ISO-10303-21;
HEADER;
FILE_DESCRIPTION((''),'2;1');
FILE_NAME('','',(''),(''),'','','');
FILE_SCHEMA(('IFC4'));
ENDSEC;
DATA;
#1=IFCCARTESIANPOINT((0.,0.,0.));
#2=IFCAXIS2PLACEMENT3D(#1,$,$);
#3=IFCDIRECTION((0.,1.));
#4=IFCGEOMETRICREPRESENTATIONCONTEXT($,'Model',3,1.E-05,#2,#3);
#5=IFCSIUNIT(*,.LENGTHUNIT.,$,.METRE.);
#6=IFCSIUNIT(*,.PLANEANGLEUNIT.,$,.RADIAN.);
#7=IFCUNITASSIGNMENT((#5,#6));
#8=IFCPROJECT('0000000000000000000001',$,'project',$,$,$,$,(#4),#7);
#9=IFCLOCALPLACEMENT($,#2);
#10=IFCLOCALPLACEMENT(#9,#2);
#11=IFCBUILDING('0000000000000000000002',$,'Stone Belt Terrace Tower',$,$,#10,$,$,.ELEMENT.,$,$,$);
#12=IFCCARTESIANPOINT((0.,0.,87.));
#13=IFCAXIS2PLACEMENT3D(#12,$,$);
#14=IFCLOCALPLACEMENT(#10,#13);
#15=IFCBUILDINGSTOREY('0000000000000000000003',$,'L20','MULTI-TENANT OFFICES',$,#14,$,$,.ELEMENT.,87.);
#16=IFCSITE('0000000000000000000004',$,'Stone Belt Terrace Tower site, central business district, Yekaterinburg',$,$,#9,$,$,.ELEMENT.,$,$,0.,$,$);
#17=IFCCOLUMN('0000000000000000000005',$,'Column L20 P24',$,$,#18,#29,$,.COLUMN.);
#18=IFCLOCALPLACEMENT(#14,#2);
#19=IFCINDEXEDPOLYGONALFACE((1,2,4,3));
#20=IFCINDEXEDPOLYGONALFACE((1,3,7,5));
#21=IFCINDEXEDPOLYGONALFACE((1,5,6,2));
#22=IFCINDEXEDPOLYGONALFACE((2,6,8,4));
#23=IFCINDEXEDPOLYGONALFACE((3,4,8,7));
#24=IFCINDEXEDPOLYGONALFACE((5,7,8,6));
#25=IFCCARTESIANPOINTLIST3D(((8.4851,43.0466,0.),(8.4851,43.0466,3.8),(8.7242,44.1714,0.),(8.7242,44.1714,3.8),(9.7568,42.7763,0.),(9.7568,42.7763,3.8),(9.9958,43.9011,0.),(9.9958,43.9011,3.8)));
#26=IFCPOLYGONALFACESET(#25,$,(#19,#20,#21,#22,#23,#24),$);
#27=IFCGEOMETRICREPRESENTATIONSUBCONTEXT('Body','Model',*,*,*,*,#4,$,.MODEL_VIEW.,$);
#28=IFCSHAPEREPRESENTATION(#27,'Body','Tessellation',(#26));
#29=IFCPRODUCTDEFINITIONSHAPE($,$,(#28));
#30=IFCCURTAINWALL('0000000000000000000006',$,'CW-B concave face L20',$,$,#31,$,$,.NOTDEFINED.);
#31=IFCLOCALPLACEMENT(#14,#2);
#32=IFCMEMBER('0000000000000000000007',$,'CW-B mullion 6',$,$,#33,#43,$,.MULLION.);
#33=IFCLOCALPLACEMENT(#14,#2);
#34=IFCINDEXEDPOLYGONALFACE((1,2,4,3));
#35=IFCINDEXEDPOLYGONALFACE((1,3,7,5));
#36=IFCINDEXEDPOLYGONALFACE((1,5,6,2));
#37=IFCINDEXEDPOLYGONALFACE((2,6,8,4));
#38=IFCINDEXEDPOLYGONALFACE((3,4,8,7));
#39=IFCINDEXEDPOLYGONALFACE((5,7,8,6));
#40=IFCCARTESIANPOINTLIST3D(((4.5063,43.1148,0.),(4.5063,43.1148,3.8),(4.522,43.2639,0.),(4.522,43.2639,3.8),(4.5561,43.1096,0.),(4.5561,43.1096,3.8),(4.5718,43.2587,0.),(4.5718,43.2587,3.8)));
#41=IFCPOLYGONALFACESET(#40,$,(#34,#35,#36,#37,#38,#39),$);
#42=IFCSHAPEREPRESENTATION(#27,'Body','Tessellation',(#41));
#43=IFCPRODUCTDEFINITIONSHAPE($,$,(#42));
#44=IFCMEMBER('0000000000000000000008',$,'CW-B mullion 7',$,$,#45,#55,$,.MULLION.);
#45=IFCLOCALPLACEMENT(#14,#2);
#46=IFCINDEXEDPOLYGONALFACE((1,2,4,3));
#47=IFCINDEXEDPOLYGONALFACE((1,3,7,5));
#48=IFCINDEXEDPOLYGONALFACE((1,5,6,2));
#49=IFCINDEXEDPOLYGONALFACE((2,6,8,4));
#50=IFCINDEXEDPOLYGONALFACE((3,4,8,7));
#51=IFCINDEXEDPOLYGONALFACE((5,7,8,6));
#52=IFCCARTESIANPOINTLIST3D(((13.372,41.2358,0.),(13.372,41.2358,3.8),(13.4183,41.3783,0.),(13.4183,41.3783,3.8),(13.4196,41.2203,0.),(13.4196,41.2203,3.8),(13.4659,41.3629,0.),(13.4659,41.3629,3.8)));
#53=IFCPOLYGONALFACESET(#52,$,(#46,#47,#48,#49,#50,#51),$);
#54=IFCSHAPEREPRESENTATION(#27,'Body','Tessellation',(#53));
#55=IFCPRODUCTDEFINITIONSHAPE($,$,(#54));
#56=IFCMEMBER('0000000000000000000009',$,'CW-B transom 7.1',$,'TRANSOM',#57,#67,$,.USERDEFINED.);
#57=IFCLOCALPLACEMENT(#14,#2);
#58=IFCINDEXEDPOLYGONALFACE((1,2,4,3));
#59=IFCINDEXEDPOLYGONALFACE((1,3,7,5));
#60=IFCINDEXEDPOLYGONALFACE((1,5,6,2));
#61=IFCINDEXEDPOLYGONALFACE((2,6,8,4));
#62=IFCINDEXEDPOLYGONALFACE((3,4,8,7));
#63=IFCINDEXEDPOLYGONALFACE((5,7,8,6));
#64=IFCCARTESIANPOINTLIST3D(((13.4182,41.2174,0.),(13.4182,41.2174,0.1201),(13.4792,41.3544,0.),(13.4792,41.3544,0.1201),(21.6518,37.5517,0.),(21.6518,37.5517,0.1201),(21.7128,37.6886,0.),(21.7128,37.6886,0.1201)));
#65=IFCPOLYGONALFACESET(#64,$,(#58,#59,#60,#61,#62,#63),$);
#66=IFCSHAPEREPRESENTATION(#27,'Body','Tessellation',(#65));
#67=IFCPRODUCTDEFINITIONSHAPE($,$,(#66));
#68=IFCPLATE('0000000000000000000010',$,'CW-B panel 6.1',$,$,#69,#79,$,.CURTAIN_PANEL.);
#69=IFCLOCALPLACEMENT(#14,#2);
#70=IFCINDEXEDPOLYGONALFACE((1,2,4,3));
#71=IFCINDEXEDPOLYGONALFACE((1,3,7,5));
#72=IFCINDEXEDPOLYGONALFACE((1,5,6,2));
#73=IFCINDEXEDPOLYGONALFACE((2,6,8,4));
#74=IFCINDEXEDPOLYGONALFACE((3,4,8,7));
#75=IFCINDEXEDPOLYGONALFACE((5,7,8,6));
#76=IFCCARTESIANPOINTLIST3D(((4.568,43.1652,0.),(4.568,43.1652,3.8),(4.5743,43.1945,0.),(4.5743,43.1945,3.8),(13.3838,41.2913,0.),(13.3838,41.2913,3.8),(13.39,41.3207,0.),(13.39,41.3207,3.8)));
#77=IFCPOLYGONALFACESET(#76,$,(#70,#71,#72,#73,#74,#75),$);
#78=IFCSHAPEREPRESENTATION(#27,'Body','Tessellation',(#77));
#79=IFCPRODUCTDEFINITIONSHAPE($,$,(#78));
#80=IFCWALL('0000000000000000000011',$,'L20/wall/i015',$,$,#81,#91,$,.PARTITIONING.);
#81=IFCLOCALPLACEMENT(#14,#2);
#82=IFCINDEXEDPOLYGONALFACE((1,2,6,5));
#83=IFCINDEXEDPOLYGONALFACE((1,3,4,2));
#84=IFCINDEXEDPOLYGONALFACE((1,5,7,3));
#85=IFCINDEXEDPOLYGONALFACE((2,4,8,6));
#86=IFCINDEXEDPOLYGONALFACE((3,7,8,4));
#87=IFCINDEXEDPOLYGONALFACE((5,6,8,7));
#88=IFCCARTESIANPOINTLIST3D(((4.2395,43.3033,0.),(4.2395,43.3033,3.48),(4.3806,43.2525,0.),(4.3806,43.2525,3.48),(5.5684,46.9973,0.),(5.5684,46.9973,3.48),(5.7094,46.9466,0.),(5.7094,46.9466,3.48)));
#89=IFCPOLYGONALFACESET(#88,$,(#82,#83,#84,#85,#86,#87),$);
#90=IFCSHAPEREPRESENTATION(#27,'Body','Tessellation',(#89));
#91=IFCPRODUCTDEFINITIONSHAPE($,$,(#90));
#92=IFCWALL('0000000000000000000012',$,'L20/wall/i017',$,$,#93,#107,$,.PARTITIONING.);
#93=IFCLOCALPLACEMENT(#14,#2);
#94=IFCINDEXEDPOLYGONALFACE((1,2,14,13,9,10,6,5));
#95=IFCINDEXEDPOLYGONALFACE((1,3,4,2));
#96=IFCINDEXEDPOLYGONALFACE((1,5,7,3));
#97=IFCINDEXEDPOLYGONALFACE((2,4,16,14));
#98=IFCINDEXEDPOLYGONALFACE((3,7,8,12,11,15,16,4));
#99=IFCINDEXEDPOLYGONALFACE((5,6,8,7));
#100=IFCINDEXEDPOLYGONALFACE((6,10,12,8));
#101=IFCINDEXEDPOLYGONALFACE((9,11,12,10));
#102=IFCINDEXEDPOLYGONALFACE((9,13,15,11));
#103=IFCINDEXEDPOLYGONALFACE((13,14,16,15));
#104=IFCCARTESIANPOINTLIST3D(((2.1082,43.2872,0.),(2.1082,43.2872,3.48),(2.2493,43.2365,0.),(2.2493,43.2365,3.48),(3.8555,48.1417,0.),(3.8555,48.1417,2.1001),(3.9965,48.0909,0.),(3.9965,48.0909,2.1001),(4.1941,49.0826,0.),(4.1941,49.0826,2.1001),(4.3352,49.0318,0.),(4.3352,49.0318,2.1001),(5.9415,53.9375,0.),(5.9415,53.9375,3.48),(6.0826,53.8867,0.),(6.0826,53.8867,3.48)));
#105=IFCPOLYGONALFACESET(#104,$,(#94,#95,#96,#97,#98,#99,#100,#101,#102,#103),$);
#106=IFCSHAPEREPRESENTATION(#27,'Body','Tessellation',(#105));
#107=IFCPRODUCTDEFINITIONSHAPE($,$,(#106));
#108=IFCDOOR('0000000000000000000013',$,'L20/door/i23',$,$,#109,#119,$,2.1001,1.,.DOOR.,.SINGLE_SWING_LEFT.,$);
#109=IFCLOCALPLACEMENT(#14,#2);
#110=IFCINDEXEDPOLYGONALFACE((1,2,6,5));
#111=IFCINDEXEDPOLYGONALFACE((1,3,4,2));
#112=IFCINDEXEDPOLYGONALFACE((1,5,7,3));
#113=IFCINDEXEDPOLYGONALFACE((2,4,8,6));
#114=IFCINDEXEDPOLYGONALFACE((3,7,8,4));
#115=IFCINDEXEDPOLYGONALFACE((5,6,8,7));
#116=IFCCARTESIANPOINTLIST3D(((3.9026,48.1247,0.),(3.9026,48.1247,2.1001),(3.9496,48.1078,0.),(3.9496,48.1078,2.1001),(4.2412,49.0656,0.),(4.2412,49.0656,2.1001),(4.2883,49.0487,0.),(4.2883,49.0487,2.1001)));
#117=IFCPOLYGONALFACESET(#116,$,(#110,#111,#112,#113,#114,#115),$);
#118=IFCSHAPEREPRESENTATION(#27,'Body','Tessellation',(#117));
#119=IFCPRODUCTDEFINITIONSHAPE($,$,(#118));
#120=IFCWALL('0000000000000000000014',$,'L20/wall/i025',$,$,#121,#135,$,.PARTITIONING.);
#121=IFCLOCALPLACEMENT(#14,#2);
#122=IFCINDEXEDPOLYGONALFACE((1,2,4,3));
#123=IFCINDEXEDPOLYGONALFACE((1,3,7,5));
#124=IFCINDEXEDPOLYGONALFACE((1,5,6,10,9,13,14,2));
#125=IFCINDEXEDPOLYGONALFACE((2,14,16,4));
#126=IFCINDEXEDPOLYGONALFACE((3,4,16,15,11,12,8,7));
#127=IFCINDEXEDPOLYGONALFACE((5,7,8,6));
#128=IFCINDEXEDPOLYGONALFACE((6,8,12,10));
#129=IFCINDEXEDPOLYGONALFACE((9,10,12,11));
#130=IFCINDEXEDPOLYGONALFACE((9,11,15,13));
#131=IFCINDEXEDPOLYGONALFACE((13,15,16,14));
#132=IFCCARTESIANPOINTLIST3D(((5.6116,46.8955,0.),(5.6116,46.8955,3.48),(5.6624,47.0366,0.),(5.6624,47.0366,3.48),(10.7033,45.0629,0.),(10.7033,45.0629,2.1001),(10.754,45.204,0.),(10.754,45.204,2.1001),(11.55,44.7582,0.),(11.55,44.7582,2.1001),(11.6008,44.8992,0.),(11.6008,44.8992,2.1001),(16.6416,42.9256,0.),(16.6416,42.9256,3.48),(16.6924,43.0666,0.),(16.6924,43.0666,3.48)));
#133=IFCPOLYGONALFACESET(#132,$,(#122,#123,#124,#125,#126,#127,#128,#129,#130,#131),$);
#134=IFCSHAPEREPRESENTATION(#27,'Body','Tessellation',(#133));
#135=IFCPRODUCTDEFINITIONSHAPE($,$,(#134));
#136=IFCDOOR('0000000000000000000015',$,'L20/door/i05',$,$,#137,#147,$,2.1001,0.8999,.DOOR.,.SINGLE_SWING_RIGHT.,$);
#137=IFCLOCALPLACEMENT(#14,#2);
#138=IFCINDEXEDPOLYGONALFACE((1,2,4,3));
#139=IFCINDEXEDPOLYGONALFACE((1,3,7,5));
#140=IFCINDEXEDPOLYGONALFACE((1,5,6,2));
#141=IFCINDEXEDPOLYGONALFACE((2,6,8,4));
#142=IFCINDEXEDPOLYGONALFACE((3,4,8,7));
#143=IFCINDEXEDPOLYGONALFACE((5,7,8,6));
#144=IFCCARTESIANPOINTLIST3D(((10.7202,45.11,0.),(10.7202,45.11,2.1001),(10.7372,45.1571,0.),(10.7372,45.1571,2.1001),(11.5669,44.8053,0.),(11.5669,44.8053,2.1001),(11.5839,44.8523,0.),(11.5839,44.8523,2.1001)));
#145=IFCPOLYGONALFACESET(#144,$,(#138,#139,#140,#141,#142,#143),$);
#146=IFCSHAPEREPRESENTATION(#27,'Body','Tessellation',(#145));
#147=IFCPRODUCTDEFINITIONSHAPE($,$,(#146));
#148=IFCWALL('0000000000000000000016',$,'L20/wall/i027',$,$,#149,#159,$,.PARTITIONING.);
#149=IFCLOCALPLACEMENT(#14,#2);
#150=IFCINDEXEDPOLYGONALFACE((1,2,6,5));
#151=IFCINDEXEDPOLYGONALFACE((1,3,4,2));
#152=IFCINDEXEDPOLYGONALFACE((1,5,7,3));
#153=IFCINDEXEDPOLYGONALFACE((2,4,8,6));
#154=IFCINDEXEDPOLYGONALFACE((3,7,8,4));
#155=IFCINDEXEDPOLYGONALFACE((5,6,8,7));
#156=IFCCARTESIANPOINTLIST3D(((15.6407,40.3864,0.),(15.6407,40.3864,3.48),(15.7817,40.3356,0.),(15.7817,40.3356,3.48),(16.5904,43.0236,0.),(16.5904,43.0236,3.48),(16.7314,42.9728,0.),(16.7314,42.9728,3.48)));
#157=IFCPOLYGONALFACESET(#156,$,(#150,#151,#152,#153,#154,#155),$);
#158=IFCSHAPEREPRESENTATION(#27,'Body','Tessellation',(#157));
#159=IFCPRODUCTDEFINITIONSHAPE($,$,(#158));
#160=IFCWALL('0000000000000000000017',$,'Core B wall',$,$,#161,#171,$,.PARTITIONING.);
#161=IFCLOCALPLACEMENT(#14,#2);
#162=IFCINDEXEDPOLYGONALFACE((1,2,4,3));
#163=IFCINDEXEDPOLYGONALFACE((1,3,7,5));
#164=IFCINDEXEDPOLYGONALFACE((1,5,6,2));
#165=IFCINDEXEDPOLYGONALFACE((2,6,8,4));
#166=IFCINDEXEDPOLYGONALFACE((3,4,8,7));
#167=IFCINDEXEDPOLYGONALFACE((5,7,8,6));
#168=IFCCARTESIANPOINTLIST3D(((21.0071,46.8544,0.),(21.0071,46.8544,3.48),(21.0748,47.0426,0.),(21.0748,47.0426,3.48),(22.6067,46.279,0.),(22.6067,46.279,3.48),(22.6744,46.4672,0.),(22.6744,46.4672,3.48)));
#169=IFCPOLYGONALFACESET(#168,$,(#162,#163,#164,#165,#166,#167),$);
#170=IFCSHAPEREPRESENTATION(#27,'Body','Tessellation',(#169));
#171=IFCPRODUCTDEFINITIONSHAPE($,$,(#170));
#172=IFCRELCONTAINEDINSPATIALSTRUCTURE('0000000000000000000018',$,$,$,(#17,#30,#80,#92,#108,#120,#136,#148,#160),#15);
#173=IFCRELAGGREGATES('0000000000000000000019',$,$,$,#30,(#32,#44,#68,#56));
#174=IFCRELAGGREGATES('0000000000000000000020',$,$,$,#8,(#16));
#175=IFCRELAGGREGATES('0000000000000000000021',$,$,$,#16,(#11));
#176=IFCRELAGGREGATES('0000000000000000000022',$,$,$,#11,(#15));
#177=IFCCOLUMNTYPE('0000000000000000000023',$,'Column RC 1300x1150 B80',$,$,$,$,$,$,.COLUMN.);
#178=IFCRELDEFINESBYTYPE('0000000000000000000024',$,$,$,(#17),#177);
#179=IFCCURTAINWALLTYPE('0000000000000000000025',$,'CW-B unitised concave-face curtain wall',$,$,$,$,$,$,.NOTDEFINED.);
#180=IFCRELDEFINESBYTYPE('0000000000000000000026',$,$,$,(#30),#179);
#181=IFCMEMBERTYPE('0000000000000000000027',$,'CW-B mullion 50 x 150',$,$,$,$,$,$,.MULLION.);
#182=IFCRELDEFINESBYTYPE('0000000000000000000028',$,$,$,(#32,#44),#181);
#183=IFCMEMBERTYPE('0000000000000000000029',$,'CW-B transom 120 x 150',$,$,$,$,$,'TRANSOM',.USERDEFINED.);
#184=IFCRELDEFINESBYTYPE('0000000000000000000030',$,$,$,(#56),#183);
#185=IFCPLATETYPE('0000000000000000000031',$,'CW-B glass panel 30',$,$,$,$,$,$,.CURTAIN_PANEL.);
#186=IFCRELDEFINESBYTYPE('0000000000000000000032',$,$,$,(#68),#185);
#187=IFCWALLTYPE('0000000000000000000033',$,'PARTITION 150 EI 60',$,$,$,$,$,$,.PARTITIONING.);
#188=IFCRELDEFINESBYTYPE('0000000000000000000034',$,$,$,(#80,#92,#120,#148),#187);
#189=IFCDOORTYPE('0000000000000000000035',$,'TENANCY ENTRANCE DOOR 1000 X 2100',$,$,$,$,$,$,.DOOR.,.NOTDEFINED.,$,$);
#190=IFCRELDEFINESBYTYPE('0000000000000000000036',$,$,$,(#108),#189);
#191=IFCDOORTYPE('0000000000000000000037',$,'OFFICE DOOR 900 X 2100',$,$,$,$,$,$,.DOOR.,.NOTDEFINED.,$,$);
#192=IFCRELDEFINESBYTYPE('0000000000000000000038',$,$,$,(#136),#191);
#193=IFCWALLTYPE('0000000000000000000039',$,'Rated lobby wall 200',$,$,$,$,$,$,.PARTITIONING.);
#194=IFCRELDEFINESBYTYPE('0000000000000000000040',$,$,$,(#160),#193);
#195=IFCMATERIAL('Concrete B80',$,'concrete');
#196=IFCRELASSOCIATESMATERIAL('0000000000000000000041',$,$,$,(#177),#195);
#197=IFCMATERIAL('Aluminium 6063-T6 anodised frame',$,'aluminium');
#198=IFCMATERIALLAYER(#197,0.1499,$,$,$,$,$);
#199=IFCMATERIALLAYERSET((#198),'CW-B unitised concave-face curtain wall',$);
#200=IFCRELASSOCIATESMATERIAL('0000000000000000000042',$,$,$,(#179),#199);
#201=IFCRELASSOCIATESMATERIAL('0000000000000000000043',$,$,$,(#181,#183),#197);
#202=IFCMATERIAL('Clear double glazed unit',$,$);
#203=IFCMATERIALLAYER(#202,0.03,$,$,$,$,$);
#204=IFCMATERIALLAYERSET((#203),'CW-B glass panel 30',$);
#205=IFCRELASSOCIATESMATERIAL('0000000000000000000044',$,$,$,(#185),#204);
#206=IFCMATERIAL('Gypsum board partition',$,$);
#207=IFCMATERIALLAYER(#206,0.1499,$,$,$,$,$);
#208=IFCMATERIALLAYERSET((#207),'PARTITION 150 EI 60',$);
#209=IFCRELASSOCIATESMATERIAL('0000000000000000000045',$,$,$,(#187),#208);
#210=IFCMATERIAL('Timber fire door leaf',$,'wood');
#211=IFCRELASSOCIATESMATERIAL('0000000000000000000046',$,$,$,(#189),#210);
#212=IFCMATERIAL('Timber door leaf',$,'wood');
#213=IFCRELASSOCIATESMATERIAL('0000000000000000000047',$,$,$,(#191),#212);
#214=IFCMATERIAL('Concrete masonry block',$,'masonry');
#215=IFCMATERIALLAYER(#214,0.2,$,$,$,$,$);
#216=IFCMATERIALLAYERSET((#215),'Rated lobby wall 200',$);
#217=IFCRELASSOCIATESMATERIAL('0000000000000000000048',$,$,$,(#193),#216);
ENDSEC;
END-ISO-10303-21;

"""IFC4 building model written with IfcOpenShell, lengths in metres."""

from ifc_helpers import new_model, si_unit, direction, frame, frame_2d, origin, origin_2d, place, context, subcontext, project, spatial, rectangle, extrude, material, layer, layer_set, material_profile, profile_set, type_object, element, fill, aggregate, save


model = new_model("IFC4")

# Units and contexts
model_context = context("Model", 3, precision=1e-05, world=origin(), true_north=direction((0.0, 1.0)))
body_context = subcontext(model_context, "Body", "Model", "MODEL_VIEW")
ifc_project = project(units=[si_unit("LENGTHUNIT", "METRE"), si_unit("PLANEANGLEUNIT", "RADIAN")], contexts=[model_context])

# Site, building, storey
site_placement = place(None, origin())
site = spatial("IfcSite", under=ifc_project, at=site_placement, Name="Stone Belt Terrace Tower site, central business district, Yekaterinburg", CompositionType="ELEMENT", RefElevation=0.0)
building_placement = place(site_placement, origin())
building = spatial("IfcBuilding", under=site, at=building_placement, Name="Stone Belt Terrace Tower", CompositionType="ELEMENT")
storey_placement = place(building_placement, frame((0.0, 0.0, 87.0)))
storey = spatial("IfcBuildingStorey", under=building, at=storey_placement, Name="L20", Description="MULTI-TENANT OFFICES", CompositionType="ELEMENT", Elevation=87.0)

# Column
ifc_material_1 = material(Name="Concrete B80", Category="concrete")
ifc_material_profile_1 = material_profile(ifc_material_1, rectangle(XDim=1.3, YDim=1.1499, at=origin_2d()), Name="RC 1300x1150")
ifc_profile_set_1 = profile_set([ifc_material_profile_1], Name="Concrete B80")
column_type = type_object("IfcColumnType", Name="Column RC 1300x1150 B80", PredefinedType="COLUMN", material=ifc_profile_set_1)
column_placement = place(storey_placement, frame((9.2405, 43.4739, 0.0), z_axis=(0.0, 0.0, 1.0), x_axis=(0.978148, -0.207912, 0.0)))
element("IfcColumn", 1, at=column_placement, inside=storey, type_object=column_type, Name="Column L20 P24", PredefinedType="COLUMN", context=body_context, shape_type="SweptSolid", body=[
    extrude(rectangle(XDim=1.3, YDim=1.1499, at=origin_2d()), origin(), (0.0, 0.0, 1.0), 3.8),
])

# Curtain wall, members, plate
ifc_material_2 = material(Name="Aluminium 6063-T6 anodised frame", Category="aluminium")
ifc_layer_1 = layer(ifc_material_2, 0.1499)
ifc_layer_set_1 = layer_set([ifc_layer_1], Name="CW-B unitised concave-face curtain wall")
curtain_wall_type = type_object("IfcCurtainWallType", Name="CW-B unitised concave-face curtain wall", PredefinedType="NOTDEFINED", material=ifc_layer_set_1)
curtain_wall_placement = place(storey_placement, origin())
curtain_wall = element("IfcCurtainWall", 2, at=curtain_wall_placement, inside=storey, type_object=curtain_wall_type, Name="CW-B concave face L20", PredefinedType="NOTDEFINED")
ifc_material_profile_2 = material_profile(ifc_material_2, rectangle(XDim=0.1499, YDim=0.05, at=origin_2d()), Name="Aluminium 6063-T6 50x150")
ifc_profile_set_2 = profile_set([ifc_material_profile_2], Name="Aluminium 6063-T6 anodised frame")
member_type_1 = type_object("IfcMemberType", Name="CW-B mullion 50 x 150", PredefinedType="MULLION", material=ifc_profile_set_2)
member_1_placement = place(storey_placement, frame((4.5391, 43.1868, 0.0), z_axis=(0.0, 0.0, 1.0), x_axis=(0.104528, 0.994522, 0.0)))
member_1 = element("IfcMember", 3, at=member_1_placement, type_object=member_type_1, Name="CW-B mullion 6", PredefinedType="MULLION", context=body_context, shape_type="SweptSolid", body=[
    extrude(rectangle(XDim=0.1499, YDim=0.05, at=origin_2d()), origin(), (0.0, 0.0, 1.0), 3.8),
])
member_2_placement = place(storey_placement, frame((13.4189, 41.2993, 0.0), z_axis=(0.0, 0.0, 1.0), x_axis=(0.309017, 0.951057, 0.0)))
member_2 = element("IfcMember", 4, at=member_2_placement, type_object=member_type_1, Name="CW-B mullion 7", PredefinedType="MULLION", context=body_context, shape_type="SweptSolid", body=[
    extrude(rectangle(XDim=0.1499, YDim=0.05, at=origin_2d()), origin(), (0.0, 0.0, 1.0), 3.8),
])
ifc_material_profile_3 = material_profile(ifc_material_2, rectangle(XDim=0.1499, YDim=0.1201, at=origin_2d()), Name="Aluminium 6063-T6 150x120")
ifc_profile_set_3 = profile_set([ifc_material_profile_3], Name="Aluminium 6063-T6 anodised frame")
member_type_2 = type_object("IfcMemberType", Name="CW-B transom 120 x 150", ElementType="TRANSOM", PredefinedType="USERDEFINED", material=ifc_profile_set_3)
member_3_placement = place(storey_placement, frame((13.4487, 41.2859, 0.0601), z_axis=(0.913549, -0.406729, 0.0), x_axis=(0.406729, 0.913549, 0.0)))
member_3 = element("IfcMember", 5, at=member_3_placement, type_object=member_type_2, Name="CW-B transom 7.1", ObjectType="TRANSOM", PredefinedType="USERDEFINED", context=body_context, shape_type="SweptSolid", body=[
    extrude(rectangle(XDim=0.1499, YDim=0.1201, at=origin_2d()), origin(), (0.0, 0.0, 1.0), 9.0127),
])
ifc_material_3 = material(Name="Clear double glazed unit")
ifc_layer_2 = layer(ifc_material_3, 0.03)
ifc_layer_set_2 = layer_set([ifc_layer_2], Name="CW-B glass panel 30")
plate_type = type_object("IfcPlateType", Name="CW-B glass panel 30", PredefinedType="CURTAIN_PANEL", material=ifc_layer_set_2)
plate_placement = place(storey_placement, frame((8.979, 42.2429, 0.0), z_axis=(0.0, 0.0, 1.0), x_axis=(0.978148, -0.207912, 0.0)))
plate = element("IfcPlate", 6, at=plate_placement, type_object=plate_type, Name="CW-B panel 6.1", PredefinedType="CURTAIN_PANEL", context=body_context, shape_type="SweptSolid", body=[
    extrude(rectangle(XDim=9.0127, YDim=0.03, at=origin_2d()), origin(), (0.0, 0.0, 1.0), 3.8),
])
aggregate(curtain_wall, [member_1, member_2, plate, member_3])

# Wall
ifc_material_4 = material(Name="Gypsum board partition")
ifc_layer_3 = layer(ifc_material_4, 0.1499)
ifc_layer_set_3 = layer_set([ifc_layer_3], Name="PARTITION 150 EI 60")
wall_type_1 = type_object("IfcWallType", Name="PARTITION 150 EI 60", PredefinedType="PARTITIONING", material=ifc_layer_set_3)
wall_1_placement = place(storey_placement, frame((5.6389, 46.9719, 0.0), z_axis=(0.0, 0.0, 1.0), x_axis=(-0.33849, -0.94097, 0.0)))
element("IfcWall", 7, at=wall_1_placement, inside=storey, type_object=wall_type_1, Name="L20/wall/i015", PredefinedType="PARTITIONING", context=body_context, shape_type="SweptSolid", body=[
    extrude(rectangle(XDim=3.9258, YDim=0.1499, at=frame_2d((1.9629, 0.0))), origin(), (0.0, 0.0, 1.0), 3.48),
])

# Walls, openings, doors
wall_2_placement = place(storey_placement, frame((2.1787, 43.2617, 0.0), z_axis=(0.0, 0.0, 1.0), x_axis=(0.338657, 0.94091, 0.0)))
wall_2 = element("IfcWall", 8, at=wall_2_placement, inside=storey, type_object=wall_type_1, Name="L20/wall/i017", PredefinedType="PARTITIONING", context=body_context, shape_type="SweptSolid", body=[
    extrude(rectangle(XDim=11.3191, YDim=0.1499, at=frame_2d((5.6597, 0.0))), origin(), (0.0, 0.0, 1.0), 3.48),
])
opening_1_placement = place(wall_2_placement, frame((5.1594, 0.0, 0.0)))
opening_1 = element("IfcOpeningElement", 9, at=opening_1_placement, cuts=wall_2, PredefinedType="OPENING", context=body_context, shape_type="SweptSolid", body=[
    extrude(rectangle(XDim=1.0, YDim=2.1001, at=frame_2d((0.5, 1.05))), frame((0.0, 0.085, 0.0), z_axis=(0.0, -1.0, 0.0), x_axis=(1.0, 0.0, 0.0)), (0.0, 0.0, 1.0), 0.1699),
])
ifc_material_5 = material(Name="Timber fire door leaf", Category="wood")
door_type_1 = type_object("IfcDoorType", Name="TENANCY ENTRANCE DOOR 1000 X 2100", OperationType="NOTDEFINED", PredefinedType="DOOR", material=ifc_material_5)
door_1_placement = place(opening_1_placement, origin())
door_1 = element("IfcDoor", 10, at=door_1_placement, inside=storey, type_object=door_type_1, Name="L20/door/i23", OperationType="SINGLE_SWING_LEFT", OverallHeight=2.1001, OverallWidth=1.0, PredefinedType="DOOR", context=body_context, shape_type="SweptSolid", body=[
    extrude(rectangle(XDim=1.0, YDim=2.1001, at=frame_2d((0.5, 1.05))), frame((0.0, 0.0249, 0.0), z_axis=(0.0, -1.0, 0.0), x_axis=(1.0, 0.0, 0.0)), (0.0, 0.0, 1.0), 0.05),
])
fill(opening_1, door_1)
wall_3_placement = place(storey_placement, frame((16.667, 42.9961, 0.0), z_axis=(0.0, 0.0, 1.0), x_axis=(-0.94091, 0.338656, 0.0)))
wall_3 = element("IfcWall", 11, at=wall_3_placement, inside=storey, type_object=wall_type_1, Name="L20/wall/i025", PredefinedType="PARTITIONING", context=body_context, shape_type="SweptSolid", body=[
    extrude(rectangle(XDim=11.7227, YDim=0.1499, at=frame_2d((5.8613, 0.0))), origin(), (0.0, 0.0, 1.0), 3.48),
])
opening_2_placement = place(wall_3_placement, frame((5.4114, 0.0, 0.0)))
opening_2 = element("IfcOpeningElement", 12, at=opening_2_placement, cuts=wall_3, PredefinedType="OPENING", context=body_context, shape_type="SweptSolid", body=[
    extrude(rectangle(XDim=0.8999, YDim=2.1001, at=frame_2d((0.45, 1.05))), frame((0.0, 0.085, 0.0), z_axis=(0.0, -1.0, 0.0), x_axis=(1.0, 0.0, 0.0)), (0.0, 0.0, 1.0), 0.1699),
])
ifc_material_6 = material(Name="Timber door leaf", Category="wood")
door_type_2 = type_object("IfcDoorType", Name="OFFICE DOOR 900 X 2100", OperationType="NOTDEFINED", PredefinedType="DOOR", material=ifc_material_6)
door_2_placement = place(opening_2_placement, origin())
door_2 = element("IfcDoor", 13, at=door_2_placement, inside=storey, type_object=door_type_2, Name="L20/door/i05", OperationType="SINGLE_SWING_RIGHT", OverallHeight=2.1001, OverallWidth=0.8999, PredefinedType="DOOR", context=body_context, shape_type="SweptSolid", body=[
    extrude(rectangle(XDim=0.8999, YDim=2.1001, at=frame_2d((0.45, 1.05))), frame((0.0, 0.0249, 0.0), z_axis=(0.0, -1.0, 0.0), x_axis=(1.0, 0.0, 0.0)), (0.0, 0.0, 1.0), 0.05),
])
fill(opening_2, door_2)

# Walls
wall_4_placement = place(storey_placement, frame((16.6609, 42.998, 0.0), z_axis=(0.0, 0.0, 1.0), x_axis=(-0.338818, -0.940852, 0.0)))
element("IfcWall", 14, at=wall_4_placement, inside=storey, type_object=wall_type_1, Name="L20/wall/i027", PredefinedType="PARTITIONING", context=body_context, shape_type="SweptSolid", body=[
    extrude(rectangle(XDim=2.803, YDim=0.1499, at=frame_2d((1.4014, 0.0))), origin(), (0.0, 0.0, 1.0), 3.48),
])
ifc_material_7 = material(Name="Concrete masonry block", Category="masonry")
ifc_layer_4 = layer(ifc_material_7, 0.2)
ifc_layer_set_4 = layer_set([ifc_layer_4], Name="Rated lobby wall 200")
wall_type_2 = type_object("IfcWallType", Name="Rated lobby wall 200", PredefinedType="PARTITIONING", material=ifc_layer_set_4)
wall_5_placement = place(storey_placement, frame((22.6406, 46.373, 0.0), z_axis=(0.0, 0.0, 1.0), x_axis=(-0.940966, 0.338501, 0.0)))
element("IfcWall", 15, at=wall_5_placement, inside=storey, type_object=wall_type_2, Name="Core B wall", PredefinedType="PARTITIONING", context=body_context, shape_type="SweptSolid", body=[
    extrude(rectangle(XDim=1.7, YDim=0.2, at=frame_2d((0.8501, 0.0))), origin(), (0.0, 0.0, 1.0), 3.48),
])

save(model, "model.ifc")
